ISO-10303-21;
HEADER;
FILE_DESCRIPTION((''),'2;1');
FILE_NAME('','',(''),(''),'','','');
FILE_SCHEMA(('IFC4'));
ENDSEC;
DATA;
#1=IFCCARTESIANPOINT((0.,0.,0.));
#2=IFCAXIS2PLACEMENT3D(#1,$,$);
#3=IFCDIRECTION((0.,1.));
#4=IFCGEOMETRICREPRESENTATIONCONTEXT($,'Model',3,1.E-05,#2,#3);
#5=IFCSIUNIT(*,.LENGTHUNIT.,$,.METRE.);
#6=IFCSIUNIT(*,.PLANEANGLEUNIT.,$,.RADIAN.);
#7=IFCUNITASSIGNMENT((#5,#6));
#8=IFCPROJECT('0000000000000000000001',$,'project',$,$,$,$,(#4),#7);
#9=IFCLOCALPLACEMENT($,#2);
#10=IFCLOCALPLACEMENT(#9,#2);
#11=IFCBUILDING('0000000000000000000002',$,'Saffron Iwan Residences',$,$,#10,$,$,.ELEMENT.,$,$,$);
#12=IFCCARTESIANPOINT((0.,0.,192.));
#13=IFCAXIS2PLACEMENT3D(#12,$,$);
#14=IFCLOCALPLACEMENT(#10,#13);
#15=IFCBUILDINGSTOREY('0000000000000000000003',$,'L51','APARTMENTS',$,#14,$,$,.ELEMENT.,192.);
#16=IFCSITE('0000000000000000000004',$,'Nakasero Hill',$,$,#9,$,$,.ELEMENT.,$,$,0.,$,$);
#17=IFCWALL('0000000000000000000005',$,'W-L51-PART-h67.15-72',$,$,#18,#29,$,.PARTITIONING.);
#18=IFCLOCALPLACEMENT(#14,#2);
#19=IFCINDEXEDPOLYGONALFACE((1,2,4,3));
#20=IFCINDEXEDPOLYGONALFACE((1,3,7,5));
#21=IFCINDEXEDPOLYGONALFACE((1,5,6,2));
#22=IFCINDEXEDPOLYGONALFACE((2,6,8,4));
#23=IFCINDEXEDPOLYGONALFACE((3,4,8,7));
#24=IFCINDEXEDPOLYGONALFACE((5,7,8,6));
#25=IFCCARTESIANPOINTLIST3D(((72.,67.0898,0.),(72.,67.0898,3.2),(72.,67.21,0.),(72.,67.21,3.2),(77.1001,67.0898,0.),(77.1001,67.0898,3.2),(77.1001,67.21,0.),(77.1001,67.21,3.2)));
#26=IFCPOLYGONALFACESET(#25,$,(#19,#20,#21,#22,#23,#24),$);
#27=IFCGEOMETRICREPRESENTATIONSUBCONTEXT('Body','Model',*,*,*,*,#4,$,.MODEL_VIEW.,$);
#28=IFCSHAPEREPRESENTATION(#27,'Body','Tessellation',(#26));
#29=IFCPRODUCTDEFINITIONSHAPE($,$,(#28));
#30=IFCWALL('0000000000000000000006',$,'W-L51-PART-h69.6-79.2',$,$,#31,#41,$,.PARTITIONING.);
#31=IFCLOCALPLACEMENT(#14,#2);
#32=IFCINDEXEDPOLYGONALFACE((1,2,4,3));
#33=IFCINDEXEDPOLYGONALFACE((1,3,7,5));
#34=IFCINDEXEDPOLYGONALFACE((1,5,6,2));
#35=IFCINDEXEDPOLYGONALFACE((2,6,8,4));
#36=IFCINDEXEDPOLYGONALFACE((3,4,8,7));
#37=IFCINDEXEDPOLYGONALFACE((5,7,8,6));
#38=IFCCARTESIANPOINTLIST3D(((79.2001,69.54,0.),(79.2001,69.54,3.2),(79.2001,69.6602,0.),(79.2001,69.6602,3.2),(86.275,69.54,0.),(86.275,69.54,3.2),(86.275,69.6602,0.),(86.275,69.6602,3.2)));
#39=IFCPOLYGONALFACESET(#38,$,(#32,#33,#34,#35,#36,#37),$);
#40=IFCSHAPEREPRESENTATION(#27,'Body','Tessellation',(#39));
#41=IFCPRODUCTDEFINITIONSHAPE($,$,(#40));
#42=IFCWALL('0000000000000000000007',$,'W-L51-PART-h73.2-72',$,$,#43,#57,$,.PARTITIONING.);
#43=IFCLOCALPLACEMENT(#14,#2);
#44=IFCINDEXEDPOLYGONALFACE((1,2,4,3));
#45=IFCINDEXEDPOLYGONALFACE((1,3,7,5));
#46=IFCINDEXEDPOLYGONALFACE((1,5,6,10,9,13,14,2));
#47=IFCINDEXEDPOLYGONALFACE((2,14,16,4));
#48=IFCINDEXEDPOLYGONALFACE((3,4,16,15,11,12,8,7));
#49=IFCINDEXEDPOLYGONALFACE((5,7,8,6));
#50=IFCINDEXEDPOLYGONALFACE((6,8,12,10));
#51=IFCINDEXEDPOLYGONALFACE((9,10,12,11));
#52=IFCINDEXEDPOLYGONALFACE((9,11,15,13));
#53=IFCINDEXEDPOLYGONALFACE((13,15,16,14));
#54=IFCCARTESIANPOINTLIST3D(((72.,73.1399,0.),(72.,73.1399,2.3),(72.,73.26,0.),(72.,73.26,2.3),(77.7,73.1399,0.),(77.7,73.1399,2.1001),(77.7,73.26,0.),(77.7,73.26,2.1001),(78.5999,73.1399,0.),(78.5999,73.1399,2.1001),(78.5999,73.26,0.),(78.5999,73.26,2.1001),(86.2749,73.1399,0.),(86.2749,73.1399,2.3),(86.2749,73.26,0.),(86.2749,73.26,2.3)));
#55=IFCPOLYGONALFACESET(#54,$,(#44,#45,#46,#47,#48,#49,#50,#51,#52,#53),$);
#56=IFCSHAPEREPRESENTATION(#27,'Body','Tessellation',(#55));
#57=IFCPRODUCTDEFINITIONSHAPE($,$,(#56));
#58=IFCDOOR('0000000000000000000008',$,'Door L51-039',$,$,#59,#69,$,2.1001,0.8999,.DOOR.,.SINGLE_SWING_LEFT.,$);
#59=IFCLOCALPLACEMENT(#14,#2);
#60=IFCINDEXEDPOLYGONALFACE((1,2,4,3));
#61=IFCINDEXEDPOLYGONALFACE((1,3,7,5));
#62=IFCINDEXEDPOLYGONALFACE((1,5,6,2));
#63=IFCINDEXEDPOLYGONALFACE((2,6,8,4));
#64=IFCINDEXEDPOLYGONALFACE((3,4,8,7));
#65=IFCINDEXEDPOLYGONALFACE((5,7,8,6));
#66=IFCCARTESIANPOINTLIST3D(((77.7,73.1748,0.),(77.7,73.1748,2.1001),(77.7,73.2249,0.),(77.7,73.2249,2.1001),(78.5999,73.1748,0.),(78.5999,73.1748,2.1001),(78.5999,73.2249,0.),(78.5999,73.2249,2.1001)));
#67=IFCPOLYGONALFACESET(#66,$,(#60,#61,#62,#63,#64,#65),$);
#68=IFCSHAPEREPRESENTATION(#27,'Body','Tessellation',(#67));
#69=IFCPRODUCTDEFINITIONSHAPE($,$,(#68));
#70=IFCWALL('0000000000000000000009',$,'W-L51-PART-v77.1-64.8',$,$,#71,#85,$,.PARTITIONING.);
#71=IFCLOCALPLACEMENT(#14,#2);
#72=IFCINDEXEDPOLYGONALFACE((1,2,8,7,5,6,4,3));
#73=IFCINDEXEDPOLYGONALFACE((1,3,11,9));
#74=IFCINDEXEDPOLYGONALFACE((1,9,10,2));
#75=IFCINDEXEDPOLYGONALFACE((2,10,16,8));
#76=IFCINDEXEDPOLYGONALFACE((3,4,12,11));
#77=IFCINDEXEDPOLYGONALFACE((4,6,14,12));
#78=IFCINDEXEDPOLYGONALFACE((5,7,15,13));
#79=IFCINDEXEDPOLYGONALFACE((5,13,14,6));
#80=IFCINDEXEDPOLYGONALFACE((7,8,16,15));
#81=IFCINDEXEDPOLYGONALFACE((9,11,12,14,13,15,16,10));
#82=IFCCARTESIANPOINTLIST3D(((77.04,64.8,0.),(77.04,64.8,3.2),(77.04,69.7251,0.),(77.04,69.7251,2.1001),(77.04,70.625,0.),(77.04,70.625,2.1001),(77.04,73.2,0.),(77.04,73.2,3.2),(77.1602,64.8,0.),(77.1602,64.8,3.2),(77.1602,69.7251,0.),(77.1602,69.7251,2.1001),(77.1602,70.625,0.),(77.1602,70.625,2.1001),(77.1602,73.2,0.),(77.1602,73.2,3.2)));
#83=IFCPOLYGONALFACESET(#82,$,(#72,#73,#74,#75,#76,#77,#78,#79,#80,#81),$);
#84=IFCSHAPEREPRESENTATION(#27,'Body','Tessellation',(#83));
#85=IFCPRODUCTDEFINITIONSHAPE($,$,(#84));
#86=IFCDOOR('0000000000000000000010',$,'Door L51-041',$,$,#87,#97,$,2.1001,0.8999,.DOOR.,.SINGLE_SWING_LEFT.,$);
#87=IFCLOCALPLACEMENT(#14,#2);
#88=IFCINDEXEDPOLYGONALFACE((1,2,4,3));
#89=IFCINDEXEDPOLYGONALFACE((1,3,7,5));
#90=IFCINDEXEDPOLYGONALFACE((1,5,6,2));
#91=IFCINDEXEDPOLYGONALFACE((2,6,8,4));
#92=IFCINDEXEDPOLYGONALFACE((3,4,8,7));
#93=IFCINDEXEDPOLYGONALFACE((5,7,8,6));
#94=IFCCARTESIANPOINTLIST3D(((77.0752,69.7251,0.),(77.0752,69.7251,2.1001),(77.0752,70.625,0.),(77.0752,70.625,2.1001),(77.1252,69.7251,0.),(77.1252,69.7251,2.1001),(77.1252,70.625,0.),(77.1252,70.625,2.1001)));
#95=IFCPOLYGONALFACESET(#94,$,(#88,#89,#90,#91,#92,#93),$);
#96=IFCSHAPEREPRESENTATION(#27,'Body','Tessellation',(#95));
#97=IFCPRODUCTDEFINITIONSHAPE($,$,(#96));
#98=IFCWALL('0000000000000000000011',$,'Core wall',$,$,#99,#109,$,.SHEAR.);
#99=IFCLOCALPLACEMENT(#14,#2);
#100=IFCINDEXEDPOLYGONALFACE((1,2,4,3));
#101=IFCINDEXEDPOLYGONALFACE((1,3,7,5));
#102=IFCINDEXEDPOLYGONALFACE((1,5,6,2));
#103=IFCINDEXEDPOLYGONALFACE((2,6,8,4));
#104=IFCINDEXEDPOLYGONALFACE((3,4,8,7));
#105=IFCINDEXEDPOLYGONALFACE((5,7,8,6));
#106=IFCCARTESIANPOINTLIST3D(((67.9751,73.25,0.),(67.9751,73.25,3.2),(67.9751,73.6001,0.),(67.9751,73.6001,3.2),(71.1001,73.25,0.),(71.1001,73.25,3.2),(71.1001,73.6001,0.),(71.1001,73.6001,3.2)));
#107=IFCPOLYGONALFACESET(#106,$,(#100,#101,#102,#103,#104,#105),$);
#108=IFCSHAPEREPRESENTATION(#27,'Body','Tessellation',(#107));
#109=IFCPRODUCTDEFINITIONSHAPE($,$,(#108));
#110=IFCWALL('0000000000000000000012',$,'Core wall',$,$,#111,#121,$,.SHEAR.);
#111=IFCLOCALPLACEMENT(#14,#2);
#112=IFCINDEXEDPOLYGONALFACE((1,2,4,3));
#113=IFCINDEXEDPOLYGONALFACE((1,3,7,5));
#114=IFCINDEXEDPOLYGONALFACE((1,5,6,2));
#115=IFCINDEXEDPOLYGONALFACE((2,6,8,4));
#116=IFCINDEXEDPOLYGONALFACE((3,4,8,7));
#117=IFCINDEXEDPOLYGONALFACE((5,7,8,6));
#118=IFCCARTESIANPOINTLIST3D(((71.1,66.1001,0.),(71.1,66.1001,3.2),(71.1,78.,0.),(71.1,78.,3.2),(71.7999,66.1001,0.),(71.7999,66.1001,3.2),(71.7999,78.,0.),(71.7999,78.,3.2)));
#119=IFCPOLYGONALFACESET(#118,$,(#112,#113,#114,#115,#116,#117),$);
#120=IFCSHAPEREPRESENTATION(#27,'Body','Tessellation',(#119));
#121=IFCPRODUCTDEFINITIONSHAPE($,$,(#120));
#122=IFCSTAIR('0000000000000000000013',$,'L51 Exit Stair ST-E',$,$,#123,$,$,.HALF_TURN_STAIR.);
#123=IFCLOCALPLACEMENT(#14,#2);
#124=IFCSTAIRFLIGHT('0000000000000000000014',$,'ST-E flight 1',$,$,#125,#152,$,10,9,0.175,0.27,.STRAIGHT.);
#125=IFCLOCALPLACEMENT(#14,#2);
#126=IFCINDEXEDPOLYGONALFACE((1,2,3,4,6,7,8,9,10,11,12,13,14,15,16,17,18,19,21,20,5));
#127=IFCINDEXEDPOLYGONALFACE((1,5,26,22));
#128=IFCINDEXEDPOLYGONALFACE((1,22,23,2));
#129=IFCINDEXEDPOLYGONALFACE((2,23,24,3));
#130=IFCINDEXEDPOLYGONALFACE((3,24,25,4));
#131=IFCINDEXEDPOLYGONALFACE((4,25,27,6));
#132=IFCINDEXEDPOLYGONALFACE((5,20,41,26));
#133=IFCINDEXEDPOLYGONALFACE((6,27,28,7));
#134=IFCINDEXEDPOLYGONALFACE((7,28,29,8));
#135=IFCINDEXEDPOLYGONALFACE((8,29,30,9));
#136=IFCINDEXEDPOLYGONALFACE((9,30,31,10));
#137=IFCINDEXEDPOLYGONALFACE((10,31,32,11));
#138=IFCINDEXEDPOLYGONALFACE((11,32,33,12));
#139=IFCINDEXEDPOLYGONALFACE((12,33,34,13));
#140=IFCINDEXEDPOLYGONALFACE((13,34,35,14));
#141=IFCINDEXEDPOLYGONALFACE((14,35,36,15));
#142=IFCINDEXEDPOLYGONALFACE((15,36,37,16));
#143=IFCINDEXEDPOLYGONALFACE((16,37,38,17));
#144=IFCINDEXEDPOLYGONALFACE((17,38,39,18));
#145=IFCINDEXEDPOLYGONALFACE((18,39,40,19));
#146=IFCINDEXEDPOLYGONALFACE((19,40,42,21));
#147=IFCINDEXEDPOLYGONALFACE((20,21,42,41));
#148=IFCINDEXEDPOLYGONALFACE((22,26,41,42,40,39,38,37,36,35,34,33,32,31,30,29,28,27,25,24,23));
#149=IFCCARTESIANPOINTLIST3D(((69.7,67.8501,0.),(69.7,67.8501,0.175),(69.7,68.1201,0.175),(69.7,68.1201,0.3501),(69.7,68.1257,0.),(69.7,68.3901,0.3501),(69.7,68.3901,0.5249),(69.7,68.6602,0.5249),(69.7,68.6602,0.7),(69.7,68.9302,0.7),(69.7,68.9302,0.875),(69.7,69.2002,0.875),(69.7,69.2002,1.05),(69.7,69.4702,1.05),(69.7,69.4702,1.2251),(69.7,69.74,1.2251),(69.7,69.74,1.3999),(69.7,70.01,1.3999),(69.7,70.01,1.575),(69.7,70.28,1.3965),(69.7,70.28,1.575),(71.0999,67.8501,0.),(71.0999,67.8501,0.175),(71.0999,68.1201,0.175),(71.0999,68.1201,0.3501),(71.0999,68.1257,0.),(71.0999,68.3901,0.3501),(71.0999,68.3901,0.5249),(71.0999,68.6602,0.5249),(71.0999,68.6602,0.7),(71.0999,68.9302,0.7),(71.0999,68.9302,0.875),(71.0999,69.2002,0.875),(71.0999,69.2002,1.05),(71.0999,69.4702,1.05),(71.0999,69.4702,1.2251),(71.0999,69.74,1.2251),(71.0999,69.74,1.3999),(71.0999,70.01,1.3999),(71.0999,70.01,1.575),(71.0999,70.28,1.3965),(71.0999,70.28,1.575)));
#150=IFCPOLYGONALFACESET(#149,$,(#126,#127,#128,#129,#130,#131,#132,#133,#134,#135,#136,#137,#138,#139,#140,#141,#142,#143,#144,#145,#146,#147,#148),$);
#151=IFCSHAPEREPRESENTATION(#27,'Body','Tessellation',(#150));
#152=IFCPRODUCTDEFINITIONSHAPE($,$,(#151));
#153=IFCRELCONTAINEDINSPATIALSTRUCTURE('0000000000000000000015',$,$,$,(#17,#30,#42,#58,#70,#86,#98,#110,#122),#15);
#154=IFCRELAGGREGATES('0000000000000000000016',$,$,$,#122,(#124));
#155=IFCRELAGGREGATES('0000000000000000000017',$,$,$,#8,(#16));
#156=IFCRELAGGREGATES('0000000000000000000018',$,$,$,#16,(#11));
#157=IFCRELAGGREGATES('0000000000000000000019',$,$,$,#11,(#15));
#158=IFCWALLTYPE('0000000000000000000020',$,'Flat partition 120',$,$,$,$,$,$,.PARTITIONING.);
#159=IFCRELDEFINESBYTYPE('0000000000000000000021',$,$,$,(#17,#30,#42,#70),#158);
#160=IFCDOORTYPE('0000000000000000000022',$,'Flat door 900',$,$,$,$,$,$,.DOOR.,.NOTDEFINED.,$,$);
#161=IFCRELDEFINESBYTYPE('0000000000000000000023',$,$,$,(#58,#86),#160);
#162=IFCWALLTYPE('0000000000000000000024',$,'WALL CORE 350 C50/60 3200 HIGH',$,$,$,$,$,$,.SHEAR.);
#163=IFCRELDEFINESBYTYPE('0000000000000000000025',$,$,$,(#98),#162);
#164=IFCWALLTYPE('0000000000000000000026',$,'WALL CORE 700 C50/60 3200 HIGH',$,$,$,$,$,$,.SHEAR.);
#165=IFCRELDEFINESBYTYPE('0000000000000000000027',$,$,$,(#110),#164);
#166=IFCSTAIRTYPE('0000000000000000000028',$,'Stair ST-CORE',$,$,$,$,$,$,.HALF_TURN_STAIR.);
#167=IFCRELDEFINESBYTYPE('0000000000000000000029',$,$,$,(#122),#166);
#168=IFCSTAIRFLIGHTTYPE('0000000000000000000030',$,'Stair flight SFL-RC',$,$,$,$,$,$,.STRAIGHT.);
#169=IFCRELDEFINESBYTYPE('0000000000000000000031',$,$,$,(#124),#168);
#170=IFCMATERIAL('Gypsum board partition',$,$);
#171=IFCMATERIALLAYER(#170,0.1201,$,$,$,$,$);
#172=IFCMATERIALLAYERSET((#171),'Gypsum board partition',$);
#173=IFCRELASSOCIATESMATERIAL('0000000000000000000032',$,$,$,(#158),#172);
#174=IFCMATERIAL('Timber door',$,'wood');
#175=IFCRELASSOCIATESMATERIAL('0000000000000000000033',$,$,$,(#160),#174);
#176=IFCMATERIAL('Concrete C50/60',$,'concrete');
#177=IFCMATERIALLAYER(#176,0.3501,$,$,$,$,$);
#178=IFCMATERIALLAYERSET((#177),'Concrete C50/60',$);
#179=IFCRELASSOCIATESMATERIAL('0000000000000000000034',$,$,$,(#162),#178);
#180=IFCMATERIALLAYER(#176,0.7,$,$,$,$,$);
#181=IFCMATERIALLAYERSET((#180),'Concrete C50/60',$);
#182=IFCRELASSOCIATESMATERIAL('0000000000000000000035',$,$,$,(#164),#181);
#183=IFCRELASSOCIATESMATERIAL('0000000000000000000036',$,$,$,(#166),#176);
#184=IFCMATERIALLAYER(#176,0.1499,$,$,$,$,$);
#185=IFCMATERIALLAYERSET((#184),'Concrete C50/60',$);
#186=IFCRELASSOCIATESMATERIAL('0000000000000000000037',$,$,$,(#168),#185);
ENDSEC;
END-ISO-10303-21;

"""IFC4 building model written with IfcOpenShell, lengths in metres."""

from ifc_helpers import new_model, si_unit, direction, frame, frame_2d, origin, place, context, subcontext, project, spatial, polyline, rectangle, outline, extrude, material, layer, layer_set, type_object, element, fill, aggregate, save


model = new_model("IFC4")

# Units and contexts
model_context = context("Model", 3, precision=1e-05, world=origin(), true_north=direction((0.0, 1.0)))
body_context = subcontext(model_context, "Body", "Model", "MODEL_VIEW")
ifc_project = project(units=[si_unit("LENGTHUNIT", "METRE"), si_unit("PLANEANGLEUNIT", "RADIAN")], contexts=[model_context])

# Site, building, storey
site_placement = place(None, origin())
site = spatial("IfcSite", under=ifc_project, at=site_placement, Name="Nakasero Hill", CompositionType="ELEMENT", RefElevation=0.0)
building_placement = place(site_placement, origin())
building = spatial("IfcBuilding", under=site, at=building_placement, Name="Saffron Iwan Residences", CompositionType="ELEMENT")
storey_placement = place(building_placement, frame((0.0, 0.0, 192.0)))
storey = spatial("IfcBuildingStorey", under=building, at=storey_placement, Name="L51", Description="APARTMENTS", CompositionType="ELEMENT", Elevation=192.0)

# Shared definitions
ifc_material_1 = material(Name="Concrete C50/60", Category="concrete")

# Shared definitions
ifc_material_2 = material(Name="Gypsum board partition")
ifc_layer_1 = layer(ifc_material_2, 0.1201)
ifc_layer_set_1 = layer_set([ifc_layer_1], Name="Gypsum board partition")
wall_type_1 = type_object("IfcWallType", Name="Flat partition 120", PredefinedType="PARTITIONING", material=ifc_layer_set_1)
ifc_material_3 = material(Name="Timber door", Category="wood")

# Walls
wall_1_placement = place(storey_placement, frame((72.0, 67.1499, 0.0), z_axis=(0.0, 0.0, 1.0), x_axis=(1.0, 0.0, 0.0)))
element("IfcWall", 1, at=wall_1_placement, inside=storey, type_object=wall_type_1, Name="W-L51-PART-h67.15-72", PredefinedType="PARTITIONING", context=body_context, shape_type="SweptSolid", body=[
    extrude(rectangle(XDim=5.1001, YDim=0.1201, at=frame_2d((2.55, 0.0))), origin(), (0.0, 0.0, 1.0), 3.2),
])
wall_2_placement = place(storey_placement, frame((79.2, 69.6001, 0.0), z_axis=(0.0, 0.0, 1.0), x_axis=(1.0, 0.0, 0.0)))
element("IfcWall", 2, at=wall_2_placement, inside=storey, type_object=wall_type_1, Name="W-L51-PART-h69.6-79.2", PredefinedType="PARTITIONING", context=body_context, shape_type="SweptSolid", body=[
    extrude(rectangle(XDim=7.075, YDim=0.1201, at=frame_2d((3.5376, 0.0))), origin(), (0.0, 0.0, 1.0), 3.2),
])

# Walls, openings, doors
wall_3_placement = place(storey_placement, frame((72.0, 73.2, 0.0), z_axis=(0.0, 0.0, 1.0), x_axis=(1.0, 0.0, 0.0)))
wall_3 = element("IfcWall", 3, at=wall_3_placement, inside=storey, type_object=wall_type_1, Name="W-L51-PART-h73.2-72", PredefinedType="PARTITIONING", context=body_context, shape_type="SweptSolid", body=[
    extrude(rectangle(XDim=14.2749, YDim=0.1201, at=frame_2d((7.1375, 0.0))), origin(), (0.0, 0.0, 1.0), 2.3),
])
opening_1_placement = place(wall_3_placement, frame((5.7, 0.0, 0.0)))
opening_1 = element("IfcOpeningElement", 4, at=opening_1_placement, cuts=wall_3, PredefinedType="OPENING", context=body_context, shape_type="SweptSolid", body=[
    extrude(rectangle(XDim=0.8999, YDim=2.1001, at=frame_2d((0.45, 1.05))), frame((0.0, 0.0701, 0.0), z_axis=(0.0, -1.0, 0.0), x_axis=(1.0, 0.0, 0.0)), (0.0, 0.0, 1.0), 0.1401),
])
door_type_1 = type_object("IfcDoorType", Name="Flat door 900", OperationType="NOTDEFINED", PredefinedType="DOOR", material=ifc_material_3)
door_1_placement = place(opening_1_placement, origin())
door_1 = element("IfcDoor", 5, at=door_1_placement, inside=storey, type_object=door_type_1, Name="Door L51-039", OperationType="SINGLE_SWING_LEFT", OverallHeight=2.1001, OverallWidth=0.8999, PredefinedType="DOOR", context=body_context, shape_type="SweptSolid", body=[
    extrude(rectangle(XDim=0.8999, YDim=2.1001, at=frame_2d((0.45, 1.05))), frame((0.0, 0.0249, 0.0), z_axis=(0.0, -1.0, 0.0), x_axis=(1.0, 0.0, 0.0)), (0.0, 0.0, 1.0), 0.05),
])
fill(opening_1, door_1)
wall_4_placement = place(storey_placement, frame((77.1001, 64.8, 0.0), z_axis=(0.0, 0.0, 1.0), x_axis=(0.0, 1.0, 0.0)))
wall_4 = element("IfcWall", 6, at=wall_4_placement, inside=storey, type_object=wall_type_1, Name="W-L51-PART-v77.1-64.8", PredefinedType="PARTITIONING", context=body_context, shape_type="SweptSolid", body=[
    extrude(rectangle(XDim=8.3999, YDim=0.1201, at=frame_2d((4.2, 0.0))), origin(), (0.0, 0.0, 1.0), 3.2),
])
opening_2_placement = place(wall_4_placement, frame((4.925, 0.0, 0.0)))
opening_2 = element("IfcOpeningElement", 7, at=opening_2_placement, cuts=wall_4, PredefinedType="OPENING", context=body_context, shape_type="SweptSolid", body=[
    extrude(rectangle(XDim=0.8999, YDim=2.1001, at=frame_2d((0.45, 1.05))), frame((0.0, 0.0701, 0.0), z_axis=(0.0, -1.0, 0.0), x_axis=(1.0, 0.0, 0.0)), (0.0, 0.0, 1.0), 0.1401),
])
door_2_placement = place(opening_2_placement, origin())
door_2 = element("IfcDoor", 8, at=door_2_placement, inside=storey, type_object=door_type_1, Name="Door L51-041", OperationType="SINGLE_SWING_LEFT", OverallHeight=2.1001, OverallWidth=0.8999, PredefinedType="DOOR", context=body_context, shape_type="SweptSolid", body=[
    extrude(rectangle(XDim=0.8999, YDim=2.1001, at=frame_2d((0.45, 1.05))), frame((0.0, 0.0249, 0.0), z_axis=(0.0, -1.0, 0.0), x_axis=(1.0, 0.0, 0.0)), (0.0, 0.0, 1.0), 0.05),
])
fill(opening_2, door_2)

# Walls
ifc_layer_2 = layer(ifc_material_1, 0.3501)
ifc_layer_set_2 = layer_set([ifc_layer_2], Name="Concrete C50/60")
wall_type_2 = type_object("IfcWallType", Name="WALL CORE 350 C50/60 3200 HIGH", PredefinedType="SHEAR", material=ifc_layer_set_2)
wall_5_placement = place(storey_placement, frame((67.9751, 73.425, 0.0), z_axis=(0.0, 0.0, 1.0), x_axis=(1.0, 0.0, 0.0)))
element("IfcWall", 9, at=wall_5_placement, inside=storey, type_object=wall_type_2, Name="Core wall", PredefinedType="SHEAR", context=body_context, shape_type="SweptSolid", body=[
    extrude(rectangle(XDim=3.125, YDim=0.3501, at=frame_2d((1.5625, 0.0))), origin(), (0.0, 0.0, 1.0), 3.2),
])
ifc_layer_3 = layer(ifc_material_1, 0.7)
ifc_layer_set_3 = layer_set([ifc_layer_3], Name="Concrete C50/60")
wall_type_3 = type_object("IfcWallType", Name="WALL CORE 700 C50/60 3200 HIGH", PredefinedType="SHEAR", material=ifc_layer_set_3)
wall_6_placement = place(storey_placement, frame((71.45, 66.1001, 0.0), z_axis=(0.0, 0.0, 1.0), x_axis=(0.0, 1.0, 0.0)))
element("IfcWall", 10, at=wall_6_placement, inside=storey, type_object=wall_type_3, Name="Core wall", PredefinedType="SHEAR", context=body_context, shape_type="SweptSolid", body=[
    extrude(rectangle(XDim=11.8999, YDim=0.7, at=frame_2d((5.95, 0.0))), origin(), (0.0, 0.0, 1.0), 3.2),
])

# Stair, stair flight
stair_type = type_object("IfcStairType", Name="Stair ST-CORE", PredefinedType="HALF_TURN_STAIR", material=ifc_material_1)
stair_placement = place(storey_placement, origin())
stair = element("IfcStair", 11, at=stair_placement, inside=storey, type_object=stair_type, Name="L51 Exit Stair ST-E", PredefinedType="HALF_TURN_STAIR")
ifc_layer_4 = layer(ifc_material_1, 0.1499)
ifc_layer_set_4 = layer_set([ifc_layer_4], Name="Concrete C50/60")
stair_flight_type = type_object("IfcStairFlightType", Name="Stair flight SFL-RC", PredefinedType="STRAIGHT", material=ifc_layer_set_4)
stair_flight_1_placement = place(storey_placement, frame((70.3999, 67.8501, 0.0), z_axis=(0.0, 0.0, 1.0), x_axis=(0.0, 1.0, 0.0)))
stair_flight_1 = element("IfcStairFlight", 12, at=stair_flight_1_placement, type_object=stair_flight_type, Name="ST-E flight 1", NumberOfRisers=10, NumberOfTreads=9, PredefinedType="STRAIGHT", RiserHeight=0.175, TreadLength=0.27, context=body_context, shape_type="SweptSolid", body=[
    extrude(outline(polyline([(0.0, 0.0), (0.0, 0.175), (0.27, 0.175), (0.27, 0.3501), (0.54, 0.3501), (0.54, 0.5249), (0.8101, 0.5249), (0.8101, 0.7), (1.0801, 0.7), (1.0801, 0.875), (1.3501, 0.875), (1.3501, 1.05), (1.6201, 1.05), (1.6201, 1.2251), (1.8899, 1.2251), (1.8899, 1.3999), (2.1599, 1.3999), (2.1599, 1.575), (2.4299, 1.575), (2.4299, 1.75), (2.4299, 1.3965), (0.2756, 0.0), (0.0, 0.0)])), frame((0.0, 0.7, 0.0), z_axis=(0.0, -1.0, 0.0), x_axis=(1.0, 0.0, 0.0)), (0.0, 0.0, 1.0), 1.3999),
])
aggregate(stair, [stair_flight_1])

save(model, "model.ifc")
